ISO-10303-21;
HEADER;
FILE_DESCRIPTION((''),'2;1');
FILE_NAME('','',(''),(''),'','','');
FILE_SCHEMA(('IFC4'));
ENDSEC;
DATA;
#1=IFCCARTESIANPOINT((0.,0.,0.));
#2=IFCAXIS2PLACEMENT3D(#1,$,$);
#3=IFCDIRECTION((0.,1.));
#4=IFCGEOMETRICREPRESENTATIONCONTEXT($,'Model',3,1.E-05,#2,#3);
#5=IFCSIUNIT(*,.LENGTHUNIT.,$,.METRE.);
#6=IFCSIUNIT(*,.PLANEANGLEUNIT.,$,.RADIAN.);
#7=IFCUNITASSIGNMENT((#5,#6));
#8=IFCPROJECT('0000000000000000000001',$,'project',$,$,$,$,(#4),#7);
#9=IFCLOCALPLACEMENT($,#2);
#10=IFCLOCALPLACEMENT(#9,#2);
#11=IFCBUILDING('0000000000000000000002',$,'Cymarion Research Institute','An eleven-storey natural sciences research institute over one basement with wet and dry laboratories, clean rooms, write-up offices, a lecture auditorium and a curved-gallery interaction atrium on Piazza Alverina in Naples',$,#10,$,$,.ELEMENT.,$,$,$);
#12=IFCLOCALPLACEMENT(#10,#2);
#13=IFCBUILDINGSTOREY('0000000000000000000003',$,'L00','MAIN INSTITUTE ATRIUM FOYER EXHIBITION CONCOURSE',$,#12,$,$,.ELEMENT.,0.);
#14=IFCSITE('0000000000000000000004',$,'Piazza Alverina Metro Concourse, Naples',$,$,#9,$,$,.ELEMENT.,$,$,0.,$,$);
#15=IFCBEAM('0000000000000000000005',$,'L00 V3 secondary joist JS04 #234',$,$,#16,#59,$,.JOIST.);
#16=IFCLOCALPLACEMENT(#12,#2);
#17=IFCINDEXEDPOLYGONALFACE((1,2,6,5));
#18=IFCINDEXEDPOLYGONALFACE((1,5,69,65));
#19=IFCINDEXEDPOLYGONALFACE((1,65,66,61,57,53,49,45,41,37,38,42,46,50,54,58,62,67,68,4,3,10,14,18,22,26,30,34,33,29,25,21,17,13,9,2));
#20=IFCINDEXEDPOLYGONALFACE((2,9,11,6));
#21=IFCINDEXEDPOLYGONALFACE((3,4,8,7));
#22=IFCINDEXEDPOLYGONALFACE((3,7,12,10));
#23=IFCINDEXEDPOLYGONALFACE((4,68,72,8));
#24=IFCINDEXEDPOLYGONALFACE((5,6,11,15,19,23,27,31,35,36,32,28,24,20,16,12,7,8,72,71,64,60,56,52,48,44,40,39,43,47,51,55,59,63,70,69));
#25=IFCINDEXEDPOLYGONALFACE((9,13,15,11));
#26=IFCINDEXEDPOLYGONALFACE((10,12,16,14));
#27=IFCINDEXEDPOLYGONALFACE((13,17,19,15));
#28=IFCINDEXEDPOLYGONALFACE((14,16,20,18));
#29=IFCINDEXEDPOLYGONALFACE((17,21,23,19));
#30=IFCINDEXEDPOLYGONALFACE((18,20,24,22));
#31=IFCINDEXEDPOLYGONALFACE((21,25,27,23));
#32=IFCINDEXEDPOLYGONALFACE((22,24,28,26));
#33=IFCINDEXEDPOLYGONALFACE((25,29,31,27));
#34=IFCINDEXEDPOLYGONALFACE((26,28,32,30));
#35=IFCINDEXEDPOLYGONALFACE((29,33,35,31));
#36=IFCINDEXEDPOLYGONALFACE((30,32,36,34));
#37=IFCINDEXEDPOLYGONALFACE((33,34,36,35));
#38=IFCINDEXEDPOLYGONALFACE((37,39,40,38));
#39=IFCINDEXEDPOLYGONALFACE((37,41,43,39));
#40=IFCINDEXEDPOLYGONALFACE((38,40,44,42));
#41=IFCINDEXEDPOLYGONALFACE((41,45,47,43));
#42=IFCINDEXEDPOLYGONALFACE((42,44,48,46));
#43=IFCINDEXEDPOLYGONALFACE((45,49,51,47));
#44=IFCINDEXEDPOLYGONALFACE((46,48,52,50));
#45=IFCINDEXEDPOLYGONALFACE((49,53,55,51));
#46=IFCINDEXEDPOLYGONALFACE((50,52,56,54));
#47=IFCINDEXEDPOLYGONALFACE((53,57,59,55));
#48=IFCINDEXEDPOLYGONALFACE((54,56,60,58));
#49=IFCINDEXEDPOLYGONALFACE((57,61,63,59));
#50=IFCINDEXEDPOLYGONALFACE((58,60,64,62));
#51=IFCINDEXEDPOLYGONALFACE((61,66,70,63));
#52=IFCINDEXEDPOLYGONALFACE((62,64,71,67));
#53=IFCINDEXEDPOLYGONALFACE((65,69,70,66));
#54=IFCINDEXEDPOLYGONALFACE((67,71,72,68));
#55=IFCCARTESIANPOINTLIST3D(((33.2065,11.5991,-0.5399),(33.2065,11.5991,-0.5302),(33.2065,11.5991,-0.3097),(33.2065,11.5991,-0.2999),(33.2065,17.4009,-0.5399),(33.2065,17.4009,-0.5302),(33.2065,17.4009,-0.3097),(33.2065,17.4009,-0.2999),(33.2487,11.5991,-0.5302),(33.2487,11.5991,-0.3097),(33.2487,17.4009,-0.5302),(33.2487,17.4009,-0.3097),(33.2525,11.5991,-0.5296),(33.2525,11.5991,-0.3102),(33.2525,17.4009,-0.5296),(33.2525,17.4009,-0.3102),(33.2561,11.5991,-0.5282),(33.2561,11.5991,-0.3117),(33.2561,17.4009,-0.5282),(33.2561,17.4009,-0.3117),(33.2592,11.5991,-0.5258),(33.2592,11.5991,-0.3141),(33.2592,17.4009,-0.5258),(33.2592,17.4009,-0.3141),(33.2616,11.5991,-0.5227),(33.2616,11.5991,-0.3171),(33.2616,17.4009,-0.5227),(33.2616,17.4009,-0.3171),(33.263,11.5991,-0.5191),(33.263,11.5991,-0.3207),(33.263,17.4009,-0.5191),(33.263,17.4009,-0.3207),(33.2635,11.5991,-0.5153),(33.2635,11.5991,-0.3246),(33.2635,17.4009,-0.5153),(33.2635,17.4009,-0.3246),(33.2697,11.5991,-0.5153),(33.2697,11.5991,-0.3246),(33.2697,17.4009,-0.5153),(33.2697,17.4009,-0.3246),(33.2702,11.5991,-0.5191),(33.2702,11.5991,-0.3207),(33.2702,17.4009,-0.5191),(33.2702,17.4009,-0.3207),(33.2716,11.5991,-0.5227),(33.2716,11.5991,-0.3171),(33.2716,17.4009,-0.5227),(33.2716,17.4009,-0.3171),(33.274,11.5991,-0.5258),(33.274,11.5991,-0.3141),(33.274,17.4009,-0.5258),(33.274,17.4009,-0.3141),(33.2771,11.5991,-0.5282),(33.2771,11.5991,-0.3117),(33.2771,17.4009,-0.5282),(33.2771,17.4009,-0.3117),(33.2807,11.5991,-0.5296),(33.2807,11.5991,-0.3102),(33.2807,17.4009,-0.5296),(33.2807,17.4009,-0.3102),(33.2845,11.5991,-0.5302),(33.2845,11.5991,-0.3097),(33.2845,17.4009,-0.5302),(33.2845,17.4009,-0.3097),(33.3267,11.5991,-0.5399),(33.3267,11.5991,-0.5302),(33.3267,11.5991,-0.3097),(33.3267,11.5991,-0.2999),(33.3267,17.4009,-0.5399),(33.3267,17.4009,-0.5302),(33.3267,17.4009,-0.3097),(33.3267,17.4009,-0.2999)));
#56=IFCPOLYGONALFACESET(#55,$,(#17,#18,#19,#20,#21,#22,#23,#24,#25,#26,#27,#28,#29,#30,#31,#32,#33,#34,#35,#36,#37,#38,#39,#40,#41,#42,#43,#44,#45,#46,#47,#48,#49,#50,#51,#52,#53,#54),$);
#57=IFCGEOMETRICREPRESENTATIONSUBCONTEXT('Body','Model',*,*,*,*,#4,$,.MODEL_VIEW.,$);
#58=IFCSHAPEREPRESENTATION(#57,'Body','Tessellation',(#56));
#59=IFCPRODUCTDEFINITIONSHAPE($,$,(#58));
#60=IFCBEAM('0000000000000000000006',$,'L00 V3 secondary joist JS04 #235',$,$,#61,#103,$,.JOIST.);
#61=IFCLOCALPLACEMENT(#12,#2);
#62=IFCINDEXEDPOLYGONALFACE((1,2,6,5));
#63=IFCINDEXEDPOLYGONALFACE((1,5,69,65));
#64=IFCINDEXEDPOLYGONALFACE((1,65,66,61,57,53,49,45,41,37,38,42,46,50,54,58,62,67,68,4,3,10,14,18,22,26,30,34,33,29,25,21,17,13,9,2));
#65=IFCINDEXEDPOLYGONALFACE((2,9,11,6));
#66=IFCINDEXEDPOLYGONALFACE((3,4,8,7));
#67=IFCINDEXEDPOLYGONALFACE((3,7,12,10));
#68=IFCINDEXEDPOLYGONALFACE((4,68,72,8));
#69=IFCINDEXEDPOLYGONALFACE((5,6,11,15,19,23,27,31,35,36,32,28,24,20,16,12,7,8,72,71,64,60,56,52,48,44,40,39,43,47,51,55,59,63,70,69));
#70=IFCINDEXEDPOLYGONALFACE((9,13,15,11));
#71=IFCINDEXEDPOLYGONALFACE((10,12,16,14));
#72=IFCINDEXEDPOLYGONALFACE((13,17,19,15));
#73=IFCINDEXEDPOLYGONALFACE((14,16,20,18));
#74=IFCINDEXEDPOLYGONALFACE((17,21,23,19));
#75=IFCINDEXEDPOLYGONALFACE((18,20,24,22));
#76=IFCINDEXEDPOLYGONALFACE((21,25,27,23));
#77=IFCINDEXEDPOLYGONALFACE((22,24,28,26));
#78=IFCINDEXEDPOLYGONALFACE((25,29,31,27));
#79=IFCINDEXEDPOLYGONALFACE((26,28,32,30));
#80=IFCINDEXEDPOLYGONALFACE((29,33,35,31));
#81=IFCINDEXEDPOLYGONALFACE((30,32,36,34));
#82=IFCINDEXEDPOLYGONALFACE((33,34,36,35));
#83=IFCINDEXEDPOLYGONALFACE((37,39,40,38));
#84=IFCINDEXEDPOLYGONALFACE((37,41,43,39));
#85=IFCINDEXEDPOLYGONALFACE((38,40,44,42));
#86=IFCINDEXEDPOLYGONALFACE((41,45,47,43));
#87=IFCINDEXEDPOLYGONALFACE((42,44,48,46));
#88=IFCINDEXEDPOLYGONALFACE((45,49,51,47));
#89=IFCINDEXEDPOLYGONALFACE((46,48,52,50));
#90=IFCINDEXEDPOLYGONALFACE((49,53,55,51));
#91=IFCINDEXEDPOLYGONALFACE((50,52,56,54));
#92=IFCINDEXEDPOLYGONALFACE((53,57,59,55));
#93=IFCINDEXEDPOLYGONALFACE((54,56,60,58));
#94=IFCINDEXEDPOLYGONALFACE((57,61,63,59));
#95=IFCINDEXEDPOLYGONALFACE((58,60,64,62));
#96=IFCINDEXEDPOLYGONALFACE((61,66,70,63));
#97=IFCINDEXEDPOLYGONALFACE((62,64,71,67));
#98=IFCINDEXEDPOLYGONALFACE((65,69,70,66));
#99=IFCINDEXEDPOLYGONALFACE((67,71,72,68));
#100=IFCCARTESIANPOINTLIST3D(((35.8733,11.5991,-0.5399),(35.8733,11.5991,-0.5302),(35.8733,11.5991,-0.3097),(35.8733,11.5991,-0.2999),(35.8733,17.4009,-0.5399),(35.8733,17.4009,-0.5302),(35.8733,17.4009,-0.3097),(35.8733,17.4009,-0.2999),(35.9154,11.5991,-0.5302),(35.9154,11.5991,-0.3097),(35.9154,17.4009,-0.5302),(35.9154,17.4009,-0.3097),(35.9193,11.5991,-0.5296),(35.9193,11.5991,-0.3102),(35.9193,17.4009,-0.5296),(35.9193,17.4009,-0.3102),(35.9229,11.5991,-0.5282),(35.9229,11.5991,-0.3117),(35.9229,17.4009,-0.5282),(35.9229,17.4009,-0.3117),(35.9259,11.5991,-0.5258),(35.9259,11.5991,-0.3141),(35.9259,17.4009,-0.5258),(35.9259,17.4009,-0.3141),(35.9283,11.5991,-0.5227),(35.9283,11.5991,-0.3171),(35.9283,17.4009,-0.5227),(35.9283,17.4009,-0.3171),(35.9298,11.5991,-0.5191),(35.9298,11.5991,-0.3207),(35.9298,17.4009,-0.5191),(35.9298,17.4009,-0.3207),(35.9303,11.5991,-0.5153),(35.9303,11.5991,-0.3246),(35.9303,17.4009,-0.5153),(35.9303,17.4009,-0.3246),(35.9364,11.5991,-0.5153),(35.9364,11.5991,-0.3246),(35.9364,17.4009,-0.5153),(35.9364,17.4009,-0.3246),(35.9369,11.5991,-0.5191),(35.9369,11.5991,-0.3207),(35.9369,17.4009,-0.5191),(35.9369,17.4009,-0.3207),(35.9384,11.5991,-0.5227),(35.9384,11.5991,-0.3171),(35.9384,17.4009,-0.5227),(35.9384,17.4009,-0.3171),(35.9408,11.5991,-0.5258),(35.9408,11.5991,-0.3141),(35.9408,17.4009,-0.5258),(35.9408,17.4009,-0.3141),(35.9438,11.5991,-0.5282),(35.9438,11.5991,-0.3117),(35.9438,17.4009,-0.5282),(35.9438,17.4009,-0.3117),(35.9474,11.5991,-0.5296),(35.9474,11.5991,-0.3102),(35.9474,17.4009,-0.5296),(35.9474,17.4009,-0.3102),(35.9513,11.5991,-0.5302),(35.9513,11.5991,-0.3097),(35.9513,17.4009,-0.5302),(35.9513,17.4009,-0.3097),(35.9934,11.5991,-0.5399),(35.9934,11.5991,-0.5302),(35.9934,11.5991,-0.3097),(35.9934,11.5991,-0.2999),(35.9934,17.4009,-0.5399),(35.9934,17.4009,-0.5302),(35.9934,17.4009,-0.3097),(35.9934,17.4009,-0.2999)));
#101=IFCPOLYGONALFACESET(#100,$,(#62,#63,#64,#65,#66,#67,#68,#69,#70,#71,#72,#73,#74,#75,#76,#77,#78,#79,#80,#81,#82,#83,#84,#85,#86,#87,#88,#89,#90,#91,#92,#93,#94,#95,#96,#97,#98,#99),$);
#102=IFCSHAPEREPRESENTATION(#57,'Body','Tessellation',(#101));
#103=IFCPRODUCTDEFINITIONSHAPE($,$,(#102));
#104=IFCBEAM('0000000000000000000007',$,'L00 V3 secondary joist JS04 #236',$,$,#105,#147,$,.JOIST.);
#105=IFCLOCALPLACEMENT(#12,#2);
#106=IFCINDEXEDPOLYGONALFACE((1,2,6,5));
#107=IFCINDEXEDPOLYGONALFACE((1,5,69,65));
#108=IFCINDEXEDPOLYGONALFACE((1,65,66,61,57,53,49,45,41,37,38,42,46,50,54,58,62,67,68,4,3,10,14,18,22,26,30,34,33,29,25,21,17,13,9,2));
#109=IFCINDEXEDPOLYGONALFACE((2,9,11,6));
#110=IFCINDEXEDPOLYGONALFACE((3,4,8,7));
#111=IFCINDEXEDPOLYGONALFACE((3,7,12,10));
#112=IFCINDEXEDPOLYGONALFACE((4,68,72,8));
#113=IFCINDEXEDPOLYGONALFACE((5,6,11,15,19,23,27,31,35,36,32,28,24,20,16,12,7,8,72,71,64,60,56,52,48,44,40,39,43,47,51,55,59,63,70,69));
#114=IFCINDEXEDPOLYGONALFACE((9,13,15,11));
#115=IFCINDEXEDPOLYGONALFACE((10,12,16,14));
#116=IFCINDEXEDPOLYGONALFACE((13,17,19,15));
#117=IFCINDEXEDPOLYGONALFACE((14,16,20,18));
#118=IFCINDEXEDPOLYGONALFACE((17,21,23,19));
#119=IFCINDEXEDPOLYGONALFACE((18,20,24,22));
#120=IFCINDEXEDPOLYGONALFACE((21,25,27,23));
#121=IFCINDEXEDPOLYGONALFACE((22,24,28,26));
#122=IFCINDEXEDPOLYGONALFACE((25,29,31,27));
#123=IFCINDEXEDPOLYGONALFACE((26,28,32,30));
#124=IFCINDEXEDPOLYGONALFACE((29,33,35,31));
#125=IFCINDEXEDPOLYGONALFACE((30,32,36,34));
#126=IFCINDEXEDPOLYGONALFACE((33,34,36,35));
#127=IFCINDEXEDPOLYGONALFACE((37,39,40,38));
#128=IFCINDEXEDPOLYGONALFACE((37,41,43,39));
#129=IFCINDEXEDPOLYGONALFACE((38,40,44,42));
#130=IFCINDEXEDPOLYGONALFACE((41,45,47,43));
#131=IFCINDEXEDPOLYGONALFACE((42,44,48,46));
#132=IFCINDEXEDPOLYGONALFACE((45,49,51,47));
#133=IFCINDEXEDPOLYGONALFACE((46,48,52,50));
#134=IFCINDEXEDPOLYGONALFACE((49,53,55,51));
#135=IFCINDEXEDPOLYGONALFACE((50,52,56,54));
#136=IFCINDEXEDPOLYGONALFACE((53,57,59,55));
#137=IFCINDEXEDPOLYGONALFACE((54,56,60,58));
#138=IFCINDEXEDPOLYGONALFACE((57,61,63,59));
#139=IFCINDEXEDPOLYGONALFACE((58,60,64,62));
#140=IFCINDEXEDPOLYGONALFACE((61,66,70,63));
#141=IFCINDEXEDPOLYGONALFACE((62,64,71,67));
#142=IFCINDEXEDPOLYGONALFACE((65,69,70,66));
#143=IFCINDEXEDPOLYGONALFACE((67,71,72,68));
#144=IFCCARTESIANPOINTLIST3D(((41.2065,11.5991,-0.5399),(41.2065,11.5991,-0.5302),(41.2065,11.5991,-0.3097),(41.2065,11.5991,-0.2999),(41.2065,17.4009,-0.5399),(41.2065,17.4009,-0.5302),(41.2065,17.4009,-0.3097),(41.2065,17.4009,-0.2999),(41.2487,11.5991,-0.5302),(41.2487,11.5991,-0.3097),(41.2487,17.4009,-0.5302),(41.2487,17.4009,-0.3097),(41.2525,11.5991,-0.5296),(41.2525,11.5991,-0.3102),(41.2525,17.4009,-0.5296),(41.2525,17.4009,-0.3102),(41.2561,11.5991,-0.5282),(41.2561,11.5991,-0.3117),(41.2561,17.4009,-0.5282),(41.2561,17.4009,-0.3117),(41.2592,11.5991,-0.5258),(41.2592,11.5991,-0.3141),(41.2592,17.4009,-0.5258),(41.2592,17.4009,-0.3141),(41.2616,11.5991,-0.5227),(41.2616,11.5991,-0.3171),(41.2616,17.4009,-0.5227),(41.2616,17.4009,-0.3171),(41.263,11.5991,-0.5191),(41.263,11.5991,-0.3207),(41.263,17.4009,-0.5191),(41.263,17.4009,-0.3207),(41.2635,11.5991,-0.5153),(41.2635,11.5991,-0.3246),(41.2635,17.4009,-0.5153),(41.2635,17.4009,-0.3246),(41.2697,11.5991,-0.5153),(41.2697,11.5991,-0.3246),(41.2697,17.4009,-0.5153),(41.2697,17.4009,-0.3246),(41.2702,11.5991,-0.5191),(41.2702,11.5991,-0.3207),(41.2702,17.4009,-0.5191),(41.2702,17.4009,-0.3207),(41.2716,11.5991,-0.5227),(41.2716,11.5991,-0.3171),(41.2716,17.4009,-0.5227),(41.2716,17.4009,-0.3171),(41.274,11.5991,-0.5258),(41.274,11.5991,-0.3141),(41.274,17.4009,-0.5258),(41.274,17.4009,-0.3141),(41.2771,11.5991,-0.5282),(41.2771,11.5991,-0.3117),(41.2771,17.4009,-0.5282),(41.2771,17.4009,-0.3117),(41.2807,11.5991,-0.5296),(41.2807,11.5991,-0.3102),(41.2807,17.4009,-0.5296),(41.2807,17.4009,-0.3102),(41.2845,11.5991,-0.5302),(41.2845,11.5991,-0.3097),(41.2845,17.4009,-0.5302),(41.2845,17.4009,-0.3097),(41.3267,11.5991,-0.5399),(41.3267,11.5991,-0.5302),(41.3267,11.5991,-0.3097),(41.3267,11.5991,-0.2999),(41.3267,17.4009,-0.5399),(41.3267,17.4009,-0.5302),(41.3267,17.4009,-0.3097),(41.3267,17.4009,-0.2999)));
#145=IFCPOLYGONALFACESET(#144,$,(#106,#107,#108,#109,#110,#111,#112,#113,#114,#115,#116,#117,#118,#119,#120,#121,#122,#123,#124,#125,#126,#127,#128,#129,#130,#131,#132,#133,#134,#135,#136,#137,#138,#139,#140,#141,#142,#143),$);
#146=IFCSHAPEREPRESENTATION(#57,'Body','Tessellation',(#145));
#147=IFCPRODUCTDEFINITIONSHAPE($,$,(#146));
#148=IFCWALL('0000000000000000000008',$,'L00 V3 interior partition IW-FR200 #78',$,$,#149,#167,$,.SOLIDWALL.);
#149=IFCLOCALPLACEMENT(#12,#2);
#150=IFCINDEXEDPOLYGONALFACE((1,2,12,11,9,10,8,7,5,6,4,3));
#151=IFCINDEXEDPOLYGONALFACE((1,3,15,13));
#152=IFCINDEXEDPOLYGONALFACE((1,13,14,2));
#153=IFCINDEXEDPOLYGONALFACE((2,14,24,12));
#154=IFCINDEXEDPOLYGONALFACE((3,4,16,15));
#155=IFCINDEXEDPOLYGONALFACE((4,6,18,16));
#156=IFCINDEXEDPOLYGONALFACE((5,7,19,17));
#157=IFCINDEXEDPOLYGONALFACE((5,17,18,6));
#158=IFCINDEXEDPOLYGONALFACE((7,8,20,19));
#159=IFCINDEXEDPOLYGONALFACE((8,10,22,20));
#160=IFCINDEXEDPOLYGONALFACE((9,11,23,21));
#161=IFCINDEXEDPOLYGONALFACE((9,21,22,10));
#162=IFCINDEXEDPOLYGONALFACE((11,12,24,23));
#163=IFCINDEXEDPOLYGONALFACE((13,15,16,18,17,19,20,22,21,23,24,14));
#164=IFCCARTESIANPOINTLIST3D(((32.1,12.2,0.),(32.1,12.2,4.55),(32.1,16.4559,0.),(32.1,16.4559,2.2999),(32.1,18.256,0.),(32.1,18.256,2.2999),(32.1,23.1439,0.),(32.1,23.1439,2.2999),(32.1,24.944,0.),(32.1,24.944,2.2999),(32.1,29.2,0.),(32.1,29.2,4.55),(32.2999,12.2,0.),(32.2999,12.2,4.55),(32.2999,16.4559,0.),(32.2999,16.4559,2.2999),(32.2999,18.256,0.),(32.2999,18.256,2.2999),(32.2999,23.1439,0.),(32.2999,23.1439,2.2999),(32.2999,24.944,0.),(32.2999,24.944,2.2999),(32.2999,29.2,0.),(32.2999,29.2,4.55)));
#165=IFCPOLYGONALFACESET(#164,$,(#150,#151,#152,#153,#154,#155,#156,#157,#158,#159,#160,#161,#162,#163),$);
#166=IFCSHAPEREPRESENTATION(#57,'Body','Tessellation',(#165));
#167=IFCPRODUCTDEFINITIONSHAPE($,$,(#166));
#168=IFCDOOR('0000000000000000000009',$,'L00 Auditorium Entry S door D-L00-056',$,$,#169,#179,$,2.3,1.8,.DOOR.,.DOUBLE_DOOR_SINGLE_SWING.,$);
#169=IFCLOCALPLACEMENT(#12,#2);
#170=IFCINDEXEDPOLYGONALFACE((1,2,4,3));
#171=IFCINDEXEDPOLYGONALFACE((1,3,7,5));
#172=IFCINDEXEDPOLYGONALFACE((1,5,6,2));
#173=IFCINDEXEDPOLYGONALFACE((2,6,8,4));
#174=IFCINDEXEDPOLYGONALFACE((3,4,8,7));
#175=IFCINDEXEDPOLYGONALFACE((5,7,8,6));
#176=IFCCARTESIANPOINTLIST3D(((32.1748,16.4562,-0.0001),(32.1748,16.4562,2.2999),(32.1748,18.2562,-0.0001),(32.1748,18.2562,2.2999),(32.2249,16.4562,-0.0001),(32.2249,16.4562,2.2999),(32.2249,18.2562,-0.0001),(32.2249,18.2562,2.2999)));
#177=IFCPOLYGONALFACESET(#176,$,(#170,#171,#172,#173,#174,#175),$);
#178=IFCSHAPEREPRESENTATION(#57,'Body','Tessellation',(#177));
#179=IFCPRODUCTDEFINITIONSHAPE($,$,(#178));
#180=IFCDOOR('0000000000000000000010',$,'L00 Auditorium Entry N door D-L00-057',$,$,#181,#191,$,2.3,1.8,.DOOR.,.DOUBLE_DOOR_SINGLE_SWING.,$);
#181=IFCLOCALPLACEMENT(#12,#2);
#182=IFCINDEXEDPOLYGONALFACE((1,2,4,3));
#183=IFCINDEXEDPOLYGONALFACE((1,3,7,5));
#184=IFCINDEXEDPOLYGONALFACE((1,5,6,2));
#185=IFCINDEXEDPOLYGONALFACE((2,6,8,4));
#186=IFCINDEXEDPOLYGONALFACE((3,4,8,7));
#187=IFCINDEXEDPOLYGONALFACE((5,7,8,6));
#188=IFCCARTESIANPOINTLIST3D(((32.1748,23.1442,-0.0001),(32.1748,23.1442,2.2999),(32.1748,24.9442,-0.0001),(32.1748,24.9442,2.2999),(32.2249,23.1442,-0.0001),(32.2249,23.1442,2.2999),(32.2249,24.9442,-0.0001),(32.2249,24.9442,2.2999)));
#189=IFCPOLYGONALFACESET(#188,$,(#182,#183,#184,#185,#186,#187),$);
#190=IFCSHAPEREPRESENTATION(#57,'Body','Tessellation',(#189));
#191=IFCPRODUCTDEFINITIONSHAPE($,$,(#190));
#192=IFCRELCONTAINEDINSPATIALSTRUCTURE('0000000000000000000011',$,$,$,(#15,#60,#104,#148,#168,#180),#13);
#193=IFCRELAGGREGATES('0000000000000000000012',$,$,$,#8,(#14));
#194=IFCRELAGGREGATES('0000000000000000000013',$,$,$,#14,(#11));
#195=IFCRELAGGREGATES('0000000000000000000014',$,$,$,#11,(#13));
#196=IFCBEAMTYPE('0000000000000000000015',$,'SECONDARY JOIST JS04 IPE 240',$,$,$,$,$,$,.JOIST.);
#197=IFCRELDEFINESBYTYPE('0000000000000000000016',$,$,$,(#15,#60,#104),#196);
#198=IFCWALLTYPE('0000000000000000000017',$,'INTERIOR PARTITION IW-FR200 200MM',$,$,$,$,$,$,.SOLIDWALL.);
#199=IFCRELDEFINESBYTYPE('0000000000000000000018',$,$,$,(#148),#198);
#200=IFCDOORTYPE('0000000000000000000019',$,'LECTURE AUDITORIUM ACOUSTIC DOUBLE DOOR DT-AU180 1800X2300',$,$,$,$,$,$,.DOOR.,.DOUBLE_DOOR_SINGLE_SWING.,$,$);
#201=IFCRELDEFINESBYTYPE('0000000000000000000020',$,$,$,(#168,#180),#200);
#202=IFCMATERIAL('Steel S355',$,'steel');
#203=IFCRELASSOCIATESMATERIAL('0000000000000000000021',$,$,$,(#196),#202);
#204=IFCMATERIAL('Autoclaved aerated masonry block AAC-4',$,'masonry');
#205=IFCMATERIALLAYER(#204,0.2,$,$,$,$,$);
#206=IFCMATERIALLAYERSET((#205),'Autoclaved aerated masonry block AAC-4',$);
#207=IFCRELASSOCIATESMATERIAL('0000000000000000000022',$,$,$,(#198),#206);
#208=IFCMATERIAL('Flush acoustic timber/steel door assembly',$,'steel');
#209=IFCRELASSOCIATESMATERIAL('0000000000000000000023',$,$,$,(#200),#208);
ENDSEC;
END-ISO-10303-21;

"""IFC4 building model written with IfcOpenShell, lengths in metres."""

from ifc_helpers import new_model, si_unit, direction, frame, frame_2d, origin, origin_2d, place, context, subcontext, project, spatial, rectangle, i_section, extrude, material, layer, layer_set, material_profile, profile_set, type_object, element, fill, save


model = new_model("IFC4")

# Units and contexts
model_context = context("Model", 3, precision=1e-05, world=origin(), true_north=direction((0.0, 1.0)))
body_context = subcontext(model_context, "Body", "Model", "MODEL_VIEW")
ifc_project = project(units=[si_unit("LENGTHUNIT", "METRE"), si_unit("PLANEANGLEUNIT", "RADIAN")], contexts=[model_context])

# Site, building, storey
site_placement = place(None, origin())
site = spatial("IfcSite", under=ifc_project, at=site_placement, Name="Piazza Alverina Metro Concourse, Naples", CompositionType="ELEMENT", RefElevation=0.0)
building_placement = place(site_placement, origin())
building = spatial("IfcBuilding", under=site, at=building_placement, Name="Cymarion Research Institute", Description="An eleven-storey natural sciences research institute over one basement with wet and dry laboratories, clean rooms, write-up offices, a lecture auditorium and a curved-gallery interaction atrium on Piazza Alverina in Naples", CompositionType="ELEMENT")
storey_placement = place(building_placement, origin())
storey = spatial("IfcBuildingStorey", under=building, at=storey_placement, Name="L00", Description="MAIN INSTITUTE ATRIUM FOYER EXHIBITION CONCOURSE", CompositionType="ELEMENT", Elevation=0.0)

# Shared definitions
ifc_material_1 = material(Name="Steel S355", Category="steel")

# Beams
ifc_material_profile_1 = material_profile(ifc_material_1, i_section(OverallWidth=0.1201, OverallDepth=0.24, WebThickness=0.0061, FlangeThickness=0.0098, FilletRadius=0.0149, at=origin_2d()), Name="IPE 240")
ifc_profile_set_1 = profile_set([ifc_material_profile_1], Name="Steel S355")
beam_type_1 = type_object("IfcBeamType", Name="SECONDARY JOIST JS04 IPE 240", PredefinedType="JOIST", material=ifc_profile_set_1)
for number, where, z_axis, x_axis, name in (
    (1, (33.2666, 11.5991, -0.4199), (0.0, 1.0, 0.0), (-1.0, 0.0, 0.0), "L00 V3 secondary joist JS04 #234"),
    (2, (35.9333, 11.5991, -0.4199), (0.0, 1.0, 0.0), (-1.0, 0.0, 0.0), "L00 V3 secondary joist JS04 #235"),
    (3, (41.2666, 11.5991, -0.4199), (0.0, 1.0, 0.0), (-1.0, 0.0, 0.0), "L00 V3 secondary joist JS04 #236"),
):
    element("IfcBeam", number, at=place(storey_placement, frame(where, z_axis=z_axis, x_axis=x_axis)), inside=storey, type_object=beam_type_1, Name=name, PredefinedType="JOIST", context=body_context, shape_type="SweptSolid", body=[
        extrude(i_section(OverallWidth=0.1201, OverallDepth=0.24, WebThickness=0.0061, FlangeThickness=0.0098, FilletRadius=0.0149, at=origin_2d()), origin(), (0.0, 0.0, 1.0), 5.8018),
    ])

# Wall, openings, doors
ifc_material_2 = material(Name="Autoclaved aerated masonry block AAC-4", Category="masonry")
ifc_layer_1 = layer(ifc_material_2, 0.2)
ifc_layer_set_1 = layer_set([ifc_layer_1], Name="Autoclaved aerated masonry block AAC-4")
wall_type = type_object("IfcWallType", Name="INTERIOR PARTITION IW-FR200 200MM", PredefinedType="SOLIDWALL", material=ifc_layer_set_1)
wall_placement = place(storey_placement, frame((32.2, 12.2, 0.0), z_axis=(0.0, 0.0, 1.0), x_axis=(0.0, 1.0, 0.0)))
wall = element("IfcWall", 4, at=wall_placement, inside=storey, type_object=wall_type, Name="L00 V3 interior partition IW-FR200 #78", PredefinedType="SOLIDWALL", context=body_context, shape_type="SweptSolid", body=[
    extrude(rectangle(XDim=17.0, YDim=0.2, at=frame_2d((8.5, 0.0))), origin(), (0.0, 0.0, 1.0), 4.55),
])
opening_1_placement = place(wall_placement, frame((4.2561, 0.0, 0.0)))
opening_1 = element("IfcOpeningElement", 5, at=opening_1_placement, cuts=wall, PredefinedType="OPENING", context=body_context, shape_type="SweptSolid", body=[
    extrude(rectangle(XDim=1.8, YDim=2.3, at=frame_2d((0.8999, 1.1499))), frame((0.0, 0.1099, 0.0), z_axis=(0.0, -1.0, 0.0), x_axis=(1.0, 0.0, 0.0)), (0.0, 0.0, 1.0), 0.22),
])
opening_2_placement = place(wall_placement, frame((10.9441, 0.0, 0.0)))
opening_2 = element("IfcOpeningElement", 6, at=opening_2_placement, cuts=wall, PredefinedType="OPENING", context=body_context, shape_type="SweptSolid", body=[
    extrude(rectangle(XDim=1.8, YDim=2.3, at=frame_2d((0.8999, 1.1499))), frame((0.0, 0.1099, 0.0), z_axis=(0.0, -1.0, 0.0), x_axis=(1.0, 0.0, 0.0)), (0.0, 0.0, 1.0), 0.22),
])
ifc_material_3 = material(Name="Flush acoustic timber/steel door assembly", Category="steel")
door_type = type_object("IfcDoorType", Name="LECTURE AUDITORIUM ACOUSTIC DOUBLE DOOR DT-AU180 1800X2300", OperationType="DOUBLE_DOOR_SINGLE_SWING", PredefinedType="DOOR", material=ifc_material_3)
door_1_placement = place(opening_1_placement, frame((1.8, 0.0, 0.0), z_axis=(0.0, 0.0, 1.0), x_axis=(-1.0, 0.0, 0.0)))
door_1 = element("IfcDoor", 7, at=door_1_placement, inside=storey, type_object=door_type, Name="L00 Auditorium Entry S door D-L00-056", OperationType="DOUBLE_DOOR_SINGLE_SWING", OverallHeight=2.3, OverallWidth=1.8, PredefinedType="DOOR", context=body_context, shape_type="SweptSolid", body=[
    extrude(rectangle(XDim=1.8, YDim=2.3, at=frame_2d((0.8999, 1.1499))), frame((0.0, 0.0249, 0.0), z_axis=(0.0, -1.0, 0.0), x_axis=(1.0, 0.0, 0.0)), (0.0, 0.0, 1.0), 0.05),
])
fill(opening_1, door_1)
door_2_placement = place(opening_2_placement, frame((1.8, 0.0, 0.0), z_axis=(0.0, 0.0, 1.0), x_axis=(-1.0, 0.0, 0.0)))
door_2 = element("IfcDoor", 8, at=door_2_placement, inside=storey, type_object=door_type, Name="L00 Auditorium Entry N door D-L00-057", OperationType="DOUBLE_DOOR_SINGLE_SWING", OverallHeight=2.3, OverallWidth=1.8, PredefinedType="DOOR", context=body_context, shape_type="SweptSolid", body=[
    extrude(rectangle(XDim=1.8, YDim=2.3, at=frame_2d((0.8999, 1.1499))), frame((0.0, 0.0249, 0.0), z_axis=(0.0, -1.0, 0.0), x_axis=(1.0, 0.0, 0.0)), (0.0, 0.0, 1.0), 0.05),
])
fill(opening_2, door_2)

save(model, "model.ifc")
